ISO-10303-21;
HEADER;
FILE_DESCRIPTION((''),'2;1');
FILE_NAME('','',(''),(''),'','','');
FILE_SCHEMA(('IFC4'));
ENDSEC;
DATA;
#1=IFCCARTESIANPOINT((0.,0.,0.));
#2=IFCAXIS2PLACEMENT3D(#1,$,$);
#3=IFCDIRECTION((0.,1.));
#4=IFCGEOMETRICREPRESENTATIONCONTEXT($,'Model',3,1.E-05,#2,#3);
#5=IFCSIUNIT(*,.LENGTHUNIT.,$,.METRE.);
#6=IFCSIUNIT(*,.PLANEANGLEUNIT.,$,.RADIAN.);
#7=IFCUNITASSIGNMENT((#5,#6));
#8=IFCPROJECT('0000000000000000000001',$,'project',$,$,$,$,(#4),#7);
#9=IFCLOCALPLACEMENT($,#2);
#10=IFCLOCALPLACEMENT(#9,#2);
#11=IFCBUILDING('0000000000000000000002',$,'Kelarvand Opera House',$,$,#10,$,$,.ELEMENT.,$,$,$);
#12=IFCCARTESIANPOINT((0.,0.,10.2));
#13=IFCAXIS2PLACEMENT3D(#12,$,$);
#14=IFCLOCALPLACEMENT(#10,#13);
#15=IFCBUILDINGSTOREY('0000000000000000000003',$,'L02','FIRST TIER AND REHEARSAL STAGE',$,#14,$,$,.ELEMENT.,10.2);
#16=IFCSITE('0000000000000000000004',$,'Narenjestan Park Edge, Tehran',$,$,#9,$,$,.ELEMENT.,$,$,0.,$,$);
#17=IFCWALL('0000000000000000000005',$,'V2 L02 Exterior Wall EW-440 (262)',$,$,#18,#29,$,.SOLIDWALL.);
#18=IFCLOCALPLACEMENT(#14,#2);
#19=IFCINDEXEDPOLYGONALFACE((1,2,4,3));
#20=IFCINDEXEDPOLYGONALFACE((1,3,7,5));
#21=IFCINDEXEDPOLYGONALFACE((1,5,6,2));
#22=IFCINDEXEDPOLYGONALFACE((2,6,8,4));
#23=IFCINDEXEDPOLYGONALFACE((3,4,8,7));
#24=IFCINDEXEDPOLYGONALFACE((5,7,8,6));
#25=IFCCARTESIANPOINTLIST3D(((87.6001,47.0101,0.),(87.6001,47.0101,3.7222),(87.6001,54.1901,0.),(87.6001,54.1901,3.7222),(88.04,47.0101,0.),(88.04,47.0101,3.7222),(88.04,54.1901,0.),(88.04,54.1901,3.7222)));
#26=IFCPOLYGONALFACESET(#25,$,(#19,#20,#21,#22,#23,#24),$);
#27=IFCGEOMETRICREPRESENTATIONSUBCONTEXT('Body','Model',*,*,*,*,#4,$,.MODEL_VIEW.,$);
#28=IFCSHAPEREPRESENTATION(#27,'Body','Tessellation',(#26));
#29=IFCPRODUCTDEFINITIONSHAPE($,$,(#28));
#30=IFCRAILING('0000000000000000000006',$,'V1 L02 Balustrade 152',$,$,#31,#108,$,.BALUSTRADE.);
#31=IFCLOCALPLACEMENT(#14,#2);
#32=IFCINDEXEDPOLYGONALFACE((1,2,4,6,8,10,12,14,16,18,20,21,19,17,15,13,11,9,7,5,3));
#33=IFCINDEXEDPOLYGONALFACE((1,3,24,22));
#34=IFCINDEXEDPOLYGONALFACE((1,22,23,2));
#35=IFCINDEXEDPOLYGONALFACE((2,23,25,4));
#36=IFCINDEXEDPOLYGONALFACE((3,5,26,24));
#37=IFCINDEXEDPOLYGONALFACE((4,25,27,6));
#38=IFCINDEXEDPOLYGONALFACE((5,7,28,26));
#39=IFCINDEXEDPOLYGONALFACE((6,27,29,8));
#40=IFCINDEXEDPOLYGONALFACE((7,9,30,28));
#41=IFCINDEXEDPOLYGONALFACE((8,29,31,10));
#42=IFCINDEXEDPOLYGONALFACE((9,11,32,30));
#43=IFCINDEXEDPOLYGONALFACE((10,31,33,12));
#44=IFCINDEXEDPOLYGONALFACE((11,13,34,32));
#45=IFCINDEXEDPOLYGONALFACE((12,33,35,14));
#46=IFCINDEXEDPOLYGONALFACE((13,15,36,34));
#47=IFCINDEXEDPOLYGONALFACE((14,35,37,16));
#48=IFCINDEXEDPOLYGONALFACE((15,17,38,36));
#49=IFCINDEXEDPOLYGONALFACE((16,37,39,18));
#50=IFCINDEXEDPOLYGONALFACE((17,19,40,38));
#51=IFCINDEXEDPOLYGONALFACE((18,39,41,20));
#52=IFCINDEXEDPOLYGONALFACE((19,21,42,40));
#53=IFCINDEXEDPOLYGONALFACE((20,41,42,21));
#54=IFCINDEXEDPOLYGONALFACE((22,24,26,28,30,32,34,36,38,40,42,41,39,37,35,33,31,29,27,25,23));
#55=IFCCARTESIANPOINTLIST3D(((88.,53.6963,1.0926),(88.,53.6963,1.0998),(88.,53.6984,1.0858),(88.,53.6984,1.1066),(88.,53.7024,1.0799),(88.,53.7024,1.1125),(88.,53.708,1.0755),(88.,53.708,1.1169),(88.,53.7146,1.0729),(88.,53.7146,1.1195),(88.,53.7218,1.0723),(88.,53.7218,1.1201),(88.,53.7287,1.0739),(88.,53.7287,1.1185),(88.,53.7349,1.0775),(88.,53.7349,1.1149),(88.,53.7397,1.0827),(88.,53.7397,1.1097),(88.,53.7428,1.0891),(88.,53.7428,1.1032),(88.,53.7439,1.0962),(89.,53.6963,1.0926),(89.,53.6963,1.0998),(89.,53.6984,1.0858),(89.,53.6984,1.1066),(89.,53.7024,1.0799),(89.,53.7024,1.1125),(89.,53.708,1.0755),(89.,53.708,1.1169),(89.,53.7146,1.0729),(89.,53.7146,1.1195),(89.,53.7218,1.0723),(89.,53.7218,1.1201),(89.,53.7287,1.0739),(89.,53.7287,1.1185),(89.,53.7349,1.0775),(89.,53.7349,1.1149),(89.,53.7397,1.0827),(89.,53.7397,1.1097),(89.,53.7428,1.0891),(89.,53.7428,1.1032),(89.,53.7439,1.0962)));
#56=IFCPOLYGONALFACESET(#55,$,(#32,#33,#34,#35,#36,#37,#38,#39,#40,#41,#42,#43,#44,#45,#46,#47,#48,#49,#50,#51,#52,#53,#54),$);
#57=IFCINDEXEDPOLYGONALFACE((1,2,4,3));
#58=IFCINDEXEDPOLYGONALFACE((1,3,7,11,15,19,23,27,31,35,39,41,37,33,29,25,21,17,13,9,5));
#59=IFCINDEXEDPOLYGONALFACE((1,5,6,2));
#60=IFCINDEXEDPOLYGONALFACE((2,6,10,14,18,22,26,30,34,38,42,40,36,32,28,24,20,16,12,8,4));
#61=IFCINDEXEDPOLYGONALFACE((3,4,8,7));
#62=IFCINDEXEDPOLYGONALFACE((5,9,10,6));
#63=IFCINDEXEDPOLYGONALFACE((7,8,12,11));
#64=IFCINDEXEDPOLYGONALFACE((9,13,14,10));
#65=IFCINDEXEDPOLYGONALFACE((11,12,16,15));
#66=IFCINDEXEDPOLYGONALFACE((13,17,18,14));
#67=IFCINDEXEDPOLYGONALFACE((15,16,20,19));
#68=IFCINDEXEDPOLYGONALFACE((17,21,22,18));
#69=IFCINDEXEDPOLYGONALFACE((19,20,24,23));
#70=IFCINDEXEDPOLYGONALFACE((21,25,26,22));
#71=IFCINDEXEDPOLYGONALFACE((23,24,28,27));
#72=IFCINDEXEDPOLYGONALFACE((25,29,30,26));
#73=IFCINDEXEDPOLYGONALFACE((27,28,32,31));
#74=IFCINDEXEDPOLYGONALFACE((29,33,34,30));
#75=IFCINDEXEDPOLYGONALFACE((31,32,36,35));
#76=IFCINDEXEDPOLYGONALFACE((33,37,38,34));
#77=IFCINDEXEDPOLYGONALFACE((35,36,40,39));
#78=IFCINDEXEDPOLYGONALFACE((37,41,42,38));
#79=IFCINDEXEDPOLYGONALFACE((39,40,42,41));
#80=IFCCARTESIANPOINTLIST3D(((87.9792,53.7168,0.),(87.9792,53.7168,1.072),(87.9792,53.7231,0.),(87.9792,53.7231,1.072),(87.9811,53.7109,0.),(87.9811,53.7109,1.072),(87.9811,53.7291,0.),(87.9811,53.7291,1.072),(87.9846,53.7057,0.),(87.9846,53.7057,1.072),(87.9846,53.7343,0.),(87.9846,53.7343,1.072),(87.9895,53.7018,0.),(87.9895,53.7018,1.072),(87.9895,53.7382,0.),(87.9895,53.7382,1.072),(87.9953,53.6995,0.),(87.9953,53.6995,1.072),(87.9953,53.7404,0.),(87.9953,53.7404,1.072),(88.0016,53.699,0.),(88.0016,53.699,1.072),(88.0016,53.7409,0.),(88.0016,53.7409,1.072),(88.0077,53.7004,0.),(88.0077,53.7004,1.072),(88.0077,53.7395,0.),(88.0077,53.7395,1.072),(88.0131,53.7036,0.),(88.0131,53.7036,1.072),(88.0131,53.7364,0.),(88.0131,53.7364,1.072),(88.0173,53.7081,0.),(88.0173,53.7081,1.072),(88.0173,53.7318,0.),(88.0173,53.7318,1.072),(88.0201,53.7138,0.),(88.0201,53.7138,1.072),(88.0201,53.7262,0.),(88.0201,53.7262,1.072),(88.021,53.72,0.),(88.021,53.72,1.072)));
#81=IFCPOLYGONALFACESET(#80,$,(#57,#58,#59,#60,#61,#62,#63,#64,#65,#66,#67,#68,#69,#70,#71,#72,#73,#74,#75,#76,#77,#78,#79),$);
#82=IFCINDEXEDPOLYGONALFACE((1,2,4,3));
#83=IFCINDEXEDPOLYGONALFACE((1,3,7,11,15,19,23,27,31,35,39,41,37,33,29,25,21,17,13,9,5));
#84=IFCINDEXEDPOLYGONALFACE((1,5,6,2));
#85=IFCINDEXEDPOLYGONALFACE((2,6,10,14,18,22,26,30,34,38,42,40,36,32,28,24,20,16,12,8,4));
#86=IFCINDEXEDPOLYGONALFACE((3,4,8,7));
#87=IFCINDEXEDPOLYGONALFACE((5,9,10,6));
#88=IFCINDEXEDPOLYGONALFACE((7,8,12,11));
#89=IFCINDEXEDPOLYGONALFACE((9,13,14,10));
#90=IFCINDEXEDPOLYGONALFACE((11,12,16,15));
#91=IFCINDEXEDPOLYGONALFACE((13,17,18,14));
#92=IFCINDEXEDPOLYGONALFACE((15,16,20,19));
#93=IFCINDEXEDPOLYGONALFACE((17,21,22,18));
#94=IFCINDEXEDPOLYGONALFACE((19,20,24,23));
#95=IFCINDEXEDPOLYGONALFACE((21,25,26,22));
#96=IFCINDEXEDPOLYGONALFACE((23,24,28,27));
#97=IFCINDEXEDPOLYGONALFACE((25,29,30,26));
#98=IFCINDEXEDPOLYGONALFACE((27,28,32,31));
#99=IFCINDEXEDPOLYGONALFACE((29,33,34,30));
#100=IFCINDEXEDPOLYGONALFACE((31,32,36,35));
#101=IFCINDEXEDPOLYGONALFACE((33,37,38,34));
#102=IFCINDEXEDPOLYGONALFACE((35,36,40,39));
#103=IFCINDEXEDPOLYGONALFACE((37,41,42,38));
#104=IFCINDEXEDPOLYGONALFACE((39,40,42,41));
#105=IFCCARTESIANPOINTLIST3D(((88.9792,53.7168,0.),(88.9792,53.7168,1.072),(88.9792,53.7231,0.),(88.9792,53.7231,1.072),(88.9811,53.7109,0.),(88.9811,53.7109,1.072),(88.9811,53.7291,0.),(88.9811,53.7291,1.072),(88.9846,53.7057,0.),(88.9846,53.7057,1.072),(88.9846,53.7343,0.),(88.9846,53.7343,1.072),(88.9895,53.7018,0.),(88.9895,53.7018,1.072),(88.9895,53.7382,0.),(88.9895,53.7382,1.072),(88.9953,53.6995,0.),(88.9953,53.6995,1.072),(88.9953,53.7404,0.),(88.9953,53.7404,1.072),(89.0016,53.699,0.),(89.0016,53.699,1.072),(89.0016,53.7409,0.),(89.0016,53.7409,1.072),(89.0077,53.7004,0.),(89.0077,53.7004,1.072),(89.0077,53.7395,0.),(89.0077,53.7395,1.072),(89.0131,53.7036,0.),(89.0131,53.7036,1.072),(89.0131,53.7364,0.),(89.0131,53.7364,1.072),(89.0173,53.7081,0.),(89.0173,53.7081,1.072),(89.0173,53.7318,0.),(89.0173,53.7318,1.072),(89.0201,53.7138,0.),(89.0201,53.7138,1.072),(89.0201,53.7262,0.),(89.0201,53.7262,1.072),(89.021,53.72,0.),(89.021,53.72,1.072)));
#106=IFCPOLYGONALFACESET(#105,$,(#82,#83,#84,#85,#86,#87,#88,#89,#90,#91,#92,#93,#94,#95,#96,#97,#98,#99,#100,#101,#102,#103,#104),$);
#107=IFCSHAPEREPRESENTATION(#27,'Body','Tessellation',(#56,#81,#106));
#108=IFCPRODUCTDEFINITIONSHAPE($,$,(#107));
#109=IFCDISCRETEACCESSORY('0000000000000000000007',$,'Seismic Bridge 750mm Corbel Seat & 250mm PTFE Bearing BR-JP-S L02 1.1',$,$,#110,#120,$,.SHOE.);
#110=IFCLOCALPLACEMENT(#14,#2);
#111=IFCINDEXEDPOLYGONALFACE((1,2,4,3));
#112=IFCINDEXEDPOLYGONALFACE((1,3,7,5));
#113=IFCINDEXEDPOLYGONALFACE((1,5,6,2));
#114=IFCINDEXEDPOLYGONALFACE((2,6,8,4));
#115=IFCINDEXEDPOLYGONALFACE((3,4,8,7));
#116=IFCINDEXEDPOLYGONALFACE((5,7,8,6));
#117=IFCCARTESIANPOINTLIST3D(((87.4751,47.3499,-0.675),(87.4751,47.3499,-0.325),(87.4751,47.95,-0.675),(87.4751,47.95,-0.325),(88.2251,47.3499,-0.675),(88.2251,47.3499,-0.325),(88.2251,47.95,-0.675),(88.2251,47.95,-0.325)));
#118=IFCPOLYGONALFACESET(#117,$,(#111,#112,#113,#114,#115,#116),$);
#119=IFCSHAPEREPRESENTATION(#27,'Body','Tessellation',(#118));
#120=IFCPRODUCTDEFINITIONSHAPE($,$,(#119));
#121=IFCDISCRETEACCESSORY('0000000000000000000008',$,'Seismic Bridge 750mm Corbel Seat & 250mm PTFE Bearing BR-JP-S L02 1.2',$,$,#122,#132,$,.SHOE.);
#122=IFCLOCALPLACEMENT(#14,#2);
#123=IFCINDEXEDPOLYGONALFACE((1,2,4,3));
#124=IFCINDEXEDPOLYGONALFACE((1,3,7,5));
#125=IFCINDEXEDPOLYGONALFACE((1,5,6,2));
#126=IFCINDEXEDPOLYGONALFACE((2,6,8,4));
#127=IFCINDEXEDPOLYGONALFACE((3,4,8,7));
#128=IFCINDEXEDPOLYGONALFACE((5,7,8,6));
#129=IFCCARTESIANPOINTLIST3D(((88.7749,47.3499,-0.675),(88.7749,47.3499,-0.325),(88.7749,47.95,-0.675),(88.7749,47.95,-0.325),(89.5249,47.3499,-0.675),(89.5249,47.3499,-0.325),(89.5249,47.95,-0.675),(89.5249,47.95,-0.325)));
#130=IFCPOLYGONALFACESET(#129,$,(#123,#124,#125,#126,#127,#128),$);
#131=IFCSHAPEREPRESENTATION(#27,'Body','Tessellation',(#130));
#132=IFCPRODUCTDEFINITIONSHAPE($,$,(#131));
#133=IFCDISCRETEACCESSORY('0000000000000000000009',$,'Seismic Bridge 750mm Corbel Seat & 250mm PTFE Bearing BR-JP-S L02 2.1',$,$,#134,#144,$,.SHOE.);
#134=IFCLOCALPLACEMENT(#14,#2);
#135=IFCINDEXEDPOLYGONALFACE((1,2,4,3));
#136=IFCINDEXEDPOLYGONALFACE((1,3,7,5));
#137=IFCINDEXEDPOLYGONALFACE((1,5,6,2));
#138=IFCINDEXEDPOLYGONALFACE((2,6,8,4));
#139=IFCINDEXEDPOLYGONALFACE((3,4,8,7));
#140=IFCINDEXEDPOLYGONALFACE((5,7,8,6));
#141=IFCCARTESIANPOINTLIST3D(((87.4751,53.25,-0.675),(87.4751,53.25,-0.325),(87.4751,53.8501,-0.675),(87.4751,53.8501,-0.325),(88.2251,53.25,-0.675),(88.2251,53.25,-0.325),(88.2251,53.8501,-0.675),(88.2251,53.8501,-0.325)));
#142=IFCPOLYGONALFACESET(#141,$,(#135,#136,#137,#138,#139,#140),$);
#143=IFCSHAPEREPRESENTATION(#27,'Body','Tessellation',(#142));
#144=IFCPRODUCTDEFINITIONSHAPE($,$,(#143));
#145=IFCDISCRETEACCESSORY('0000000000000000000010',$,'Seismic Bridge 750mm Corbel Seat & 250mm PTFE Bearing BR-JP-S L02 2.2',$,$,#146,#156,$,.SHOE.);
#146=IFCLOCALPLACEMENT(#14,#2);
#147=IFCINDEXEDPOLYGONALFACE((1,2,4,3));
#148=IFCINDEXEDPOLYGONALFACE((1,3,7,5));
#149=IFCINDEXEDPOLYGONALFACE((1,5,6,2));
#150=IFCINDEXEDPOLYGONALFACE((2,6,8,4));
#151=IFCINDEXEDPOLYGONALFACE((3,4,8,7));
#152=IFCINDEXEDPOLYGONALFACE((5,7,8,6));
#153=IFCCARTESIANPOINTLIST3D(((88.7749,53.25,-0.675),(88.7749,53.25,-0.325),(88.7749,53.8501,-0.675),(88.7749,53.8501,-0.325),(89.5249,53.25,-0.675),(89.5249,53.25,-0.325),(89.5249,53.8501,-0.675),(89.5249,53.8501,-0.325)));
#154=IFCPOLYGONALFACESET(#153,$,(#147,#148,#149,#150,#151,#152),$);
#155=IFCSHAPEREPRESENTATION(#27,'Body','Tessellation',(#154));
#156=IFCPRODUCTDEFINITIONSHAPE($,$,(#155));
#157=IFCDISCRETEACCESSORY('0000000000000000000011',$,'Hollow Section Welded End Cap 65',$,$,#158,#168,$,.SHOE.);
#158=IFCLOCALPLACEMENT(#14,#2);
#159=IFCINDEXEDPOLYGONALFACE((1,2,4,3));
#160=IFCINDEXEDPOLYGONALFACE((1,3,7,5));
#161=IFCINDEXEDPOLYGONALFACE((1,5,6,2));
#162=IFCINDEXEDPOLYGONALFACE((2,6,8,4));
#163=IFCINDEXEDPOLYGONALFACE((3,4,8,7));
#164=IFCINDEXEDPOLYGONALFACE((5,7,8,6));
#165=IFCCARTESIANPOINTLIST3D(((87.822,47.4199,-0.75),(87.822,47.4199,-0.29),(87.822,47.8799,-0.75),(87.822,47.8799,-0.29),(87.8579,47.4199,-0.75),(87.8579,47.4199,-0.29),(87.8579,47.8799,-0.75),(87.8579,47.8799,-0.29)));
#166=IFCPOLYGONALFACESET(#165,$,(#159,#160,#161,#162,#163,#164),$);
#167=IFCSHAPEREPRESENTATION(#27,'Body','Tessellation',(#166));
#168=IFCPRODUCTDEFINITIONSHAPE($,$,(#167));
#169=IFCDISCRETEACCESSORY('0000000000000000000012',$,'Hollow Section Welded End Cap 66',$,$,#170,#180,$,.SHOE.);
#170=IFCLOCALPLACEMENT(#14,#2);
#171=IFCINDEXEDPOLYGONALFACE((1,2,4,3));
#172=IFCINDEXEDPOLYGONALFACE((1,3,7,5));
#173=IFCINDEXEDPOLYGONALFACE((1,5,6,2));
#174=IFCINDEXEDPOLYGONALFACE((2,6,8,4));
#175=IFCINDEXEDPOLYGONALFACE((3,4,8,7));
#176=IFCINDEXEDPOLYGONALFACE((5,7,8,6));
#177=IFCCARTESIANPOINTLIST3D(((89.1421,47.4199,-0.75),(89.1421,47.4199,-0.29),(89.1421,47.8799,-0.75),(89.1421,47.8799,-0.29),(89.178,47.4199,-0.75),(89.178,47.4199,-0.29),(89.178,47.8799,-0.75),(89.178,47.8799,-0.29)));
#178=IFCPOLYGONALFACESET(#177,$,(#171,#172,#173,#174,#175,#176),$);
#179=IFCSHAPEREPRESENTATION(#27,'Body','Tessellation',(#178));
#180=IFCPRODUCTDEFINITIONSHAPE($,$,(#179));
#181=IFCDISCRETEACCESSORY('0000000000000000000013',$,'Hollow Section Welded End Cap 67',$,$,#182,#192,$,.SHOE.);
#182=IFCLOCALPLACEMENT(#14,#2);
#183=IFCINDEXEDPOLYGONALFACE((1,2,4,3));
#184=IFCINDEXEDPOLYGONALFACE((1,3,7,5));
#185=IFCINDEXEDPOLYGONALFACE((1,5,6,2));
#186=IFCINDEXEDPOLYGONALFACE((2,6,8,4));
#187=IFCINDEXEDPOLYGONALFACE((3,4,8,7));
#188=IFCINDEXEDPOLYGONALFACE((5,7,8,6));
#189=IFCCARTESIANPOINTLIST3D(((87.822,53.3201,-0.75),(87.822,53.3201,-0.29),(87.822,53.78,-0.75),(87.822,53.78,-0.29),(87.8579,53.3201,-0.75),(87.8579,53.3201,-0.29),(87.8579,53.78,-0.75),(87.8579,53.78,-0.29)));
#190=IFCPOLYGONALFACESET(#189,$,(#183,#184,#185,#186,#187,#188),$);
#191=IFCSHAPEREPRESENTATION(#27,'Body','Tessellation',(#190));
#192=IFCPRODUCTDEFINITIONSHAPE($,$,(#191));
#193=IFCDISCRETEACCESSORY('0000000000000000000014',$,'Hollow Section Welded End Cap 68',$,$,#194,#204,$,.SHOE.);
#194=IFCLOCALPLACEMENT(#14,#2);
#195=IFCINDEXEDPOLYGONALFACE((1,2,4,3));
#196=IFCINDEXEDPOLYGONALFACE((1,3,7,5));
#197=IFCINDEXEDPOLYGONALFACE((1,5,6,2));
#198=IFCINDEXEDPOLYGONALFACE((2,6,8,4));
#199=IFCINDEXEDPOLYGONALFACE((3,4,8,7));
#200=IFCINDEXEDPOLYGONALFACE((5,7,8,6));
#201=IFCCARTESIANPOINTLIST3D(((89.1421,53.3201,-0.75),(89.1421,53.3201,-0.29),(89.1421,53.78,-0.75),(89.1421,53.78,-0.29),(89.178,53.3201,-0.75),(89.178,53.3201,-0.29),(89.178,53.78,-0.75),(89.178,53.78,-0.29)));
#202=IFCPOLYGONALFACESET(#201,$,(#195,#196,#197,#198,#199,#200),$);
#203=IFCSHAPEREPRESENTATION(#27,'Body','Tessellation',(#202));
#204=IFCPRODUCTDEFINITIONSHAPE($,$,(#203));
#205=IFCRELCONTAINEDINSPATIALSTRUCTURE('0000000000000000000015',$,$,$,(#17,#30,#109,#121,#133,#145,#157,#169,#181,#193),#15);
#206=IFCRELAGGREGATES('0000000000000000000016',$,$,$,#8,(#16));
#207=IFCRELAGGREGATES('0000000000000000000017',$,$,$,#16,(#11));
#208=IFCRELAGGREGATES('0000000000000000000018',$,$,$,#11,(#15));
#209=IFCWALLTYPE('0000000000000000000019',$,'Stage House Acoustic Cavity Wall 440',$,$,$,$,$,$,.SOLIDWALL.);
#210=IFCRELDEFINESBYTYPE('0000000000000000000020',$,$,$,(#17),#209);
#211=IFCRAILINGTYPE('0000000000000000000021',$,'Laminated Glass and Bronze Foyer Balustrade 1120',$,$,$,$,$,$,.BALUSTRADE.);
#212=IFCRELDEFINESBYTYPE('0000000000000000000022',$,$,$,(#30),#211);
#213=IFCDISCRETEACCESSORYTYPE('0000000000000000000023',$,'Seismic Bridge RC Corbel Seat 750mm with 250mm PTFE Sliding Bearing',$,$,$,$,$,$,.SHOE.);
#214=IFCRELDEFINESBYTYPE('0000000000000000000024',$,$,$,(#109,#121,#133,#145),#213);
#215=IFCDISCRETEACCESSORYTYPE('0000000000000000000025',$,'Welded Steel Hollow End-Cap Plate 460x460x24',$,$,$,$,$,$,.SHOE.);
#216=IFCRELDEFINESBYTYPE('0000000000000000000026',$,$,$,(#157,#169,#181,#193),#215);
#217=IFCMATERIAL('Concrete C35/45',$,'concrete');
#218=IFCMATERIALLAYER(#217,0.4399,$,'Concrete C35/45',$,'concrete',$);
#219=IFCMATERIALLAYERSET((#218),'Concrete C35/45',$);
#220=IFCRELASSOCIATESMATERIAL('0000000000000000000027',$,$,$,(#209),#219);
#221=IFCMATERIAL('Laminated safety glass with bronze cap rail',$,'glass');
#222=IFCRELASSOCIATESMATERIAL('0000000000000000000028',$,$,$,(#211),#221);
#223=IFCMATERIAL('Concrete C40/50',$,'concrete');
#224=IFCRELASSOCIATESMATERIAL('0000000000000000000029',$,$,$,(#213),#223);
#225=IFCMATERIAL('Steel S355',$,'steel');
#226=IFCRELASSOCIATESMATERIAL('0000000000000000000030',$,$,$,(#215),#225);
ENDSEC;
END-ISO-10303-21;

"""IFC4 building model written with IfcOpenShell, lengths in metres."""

from ifc_helpers import new_model, si_unit, direction, frame, frame_2d, origin, origin_2d, place, context, subcontext, project, spatial, rectangle, circle, extrude, material, layer, layer_set, material_profile, profile_set, type_object, element, save


model = new_model("IFC4")

# Units and contexts
model_context = context("Model", 3, precision=1e-05, world=origin(), true_north=direction((0.0, 1.0)))
body_context = subcontext(model_context, "Body", "Model", "MODEL_VIEW")
ifc_project = project(units=[si_unit("LENGTHUNIT", "METRE"), si_unit("PLANEANGLEUNIT", "RADIAN")], contexts=[model_context])

# Site, building, storey
site_placement = place(None, origin())
site = spatial("IfcSite", under=ifc_project, at=site_placement, Name="Narenjestan Park Edge, Tehran", CompositionType="ELEMENT", RefElevation=0.0)
building_placement = place(site_placement, origin())
building = spatial("IfcBuilding", under=site, at=building_placement, Name="Kelarvand Opera House", CompositionType="ELEMENT")
storey_placement = place(building_placement, frame((0.0, 0.0, 10.2)))
storey = spatial("IfcBuildingStorey", under=building, at=storey_placement, Name="L02", Description="FIRST TIER AND REHEARSAL STAGE", CompositionType="ELEMENT", Elevation=10.2)

# Shared definitions
ifc_material_1 = material(Name="Concrete C40/50", Category="concrete")

# Shared definitions
ifc_material_2 = material(Name="Steel S355", Category="steel")

# Wall
ifc_material_3 = material(Name="Concrete C35/45", Category="concrete")
ifc_layer_1 = layer(ifc_material_3, 0.4399, Name="Concrete C35/45", Category="concrete")
ifc_layer_set_1 = layer_set([ifc_layer_1], Name="Concrete C35/45")
wall_type_1 = type_object("IfcWallType", Name="Stage House Acoustic Cavity Wall 440", PredefinedType="SOLIDWALL", material=ifc_layer_set_1)
wall_1_placement = place(storey_placement, frame((87.8201, 54.1899, 0.0), z_axis=(0.0, 0.0, 1.0), x_axis=(0.0, -1.0, 0.0)))
element("IfcWall", 1, at=wall_1_placement, inside=storey, type_object=wall_type_1, Name="V2 L02 Exterior Wall EW-440 (262)", PredefinedType="SOLIDWALL", context=body_context, shape_type="SweptSolid", body=[
    extrude(rectangle(XDim=7.1799, YDim=0.4399, at=frame_2d((3.5898, 0.0))), origin(), (0.0, 0.0, 1.0), 3.7222),
])

# Railing
ifc_material_4 = material(Name="Laminated safety glass with bronze cap rail", Category="glass")
railing_type = type_object("IfcRailingType", Name="Laminated Glass and Bronze Foyer Balustrade 1120", PredefinedType="BALUSTRADE", material=ifc_material_4)
railing_placement = place(storey_placement, frame((88.0, 53.72, 0.0)))
element("IfcRailing", 2, at=railing_placement, inside=storey, type_object=railing_type, Name="V1 L02 Balustrade 152", PredefinedType="BALUSTRADE", context=body_context, shape_type="SweptSolid", body=[
    extrude(circle(Radius=0.0239, at=origin_2d()), frame((0.0, 0.0, 1.0962), z_axis=(1.0, 0.0, 0.0), x_axis=(0.0, 1.0, 0.0)), (0.0, 0.0, 1.0), 1.0),
    extrude(circle(Radius=0.021, at=origin_2d()), origin(), (0.0, 0.0, 1.0), 1.072),
    extrude(circle(Radius=0.021, at=origin_2d()), frame((1.0, 0.0, 0.0)), (0.0, 0.0, 1.0), 1.072),
])

# Discrete accessories
discrete_accessory_type_1 = type_object("IfcDiscreteAccessoryType", Name="Seismic Bridge RC Corbel Seat 750mm with 250mm PTFE Sliding Bearing", PredefinedType="SHOE", material=ifc_material_1)
for number, where, z_axis, x_axis, name in (
    (3, (87.8501, 47.6499, -0.675), (0.0, 0.0, 1.0), (1.0, 0.0, 0.0), "Seismic Bridge 750mm Corbel Seat & 250mm PTFE Bearing BR-JP-S L02 1.1"),
    (4, (89.1499, 47.6499, -0.675), (0.0, 0.0, 1.0), (1.0, 0.0, 0.0), "Seismic Bridge 750mm Corbel Seat & 250mm PTFE Bearing BR-JP-S L02 1.2"),
    (5, (87.8501, 53.55, -0.675), (0.0, 0.0, 1.0), (1.0, 0.0, 0.0), "Seismic Bridge 750mm Corbel Seat & 250mm PTFE Bearing BR-JP-S L02 2.1"),
    (6, (89.1499, 53.55, -0.675), (0.0, 0.0, 1.0), (1.0, 0.0, 0.0), "Seismic Bridge 750mm Corbel Seat & 250mm PTFE Bearing BR-JP-S L02 2.2"),
):
    element("IfcDiscreteAccessory", number, at=place(storey_placement, frame(where, z_axis=z_axis, x_axis=x_axis)), inside=storey, type_object=discrete_accessory_type_1, Name=name, PredefinedType="SHOE", context=body_context, shape_type="SweptSolid", body=[
        extrude(rectangle(XDim=0.75, YDim=0.6001, at=origin_2d()), origin(), (0.0, 0.0, 1.0), 0.3501),
    ])
ifc_material_profile_1 = material_profile(ifc_material_2, rectangle(XDim=0.46, YDim=0.46, at=origin_2d()), Name="Welded Steel Hollow End-Cap Plate 460x460x24", Category="steel")
ifc_profile_set_1 = profile_set([ifc_material_profile_1], Name="Steel S355")
discrete_accessory_type_2 = type_object("IfcDiscreteAccessoryType", Name="Welded Steel Hollow End-Cap Plate 460x460x24", PredefinedType="SHOE", material=ifc_profile_set_1)
for number, where, z_axis, x_axis, name in (
    (7, (87.8579, 47.6499, -0.52), (-1.0, 0.0, 0.0), (0.0, -1.0, 0.0), "Hollow Section Welded End Cap 65"),
    (8, (89.1421, 47.6499, -0.52), (1.0, 0.0, 0.0), (0.0, 1.0, 0.0), "Hollow Section Welded End Cap 66"),
    (9, (87.8579, 53.55, -0.52), (-1.0, 0.0, 0.0), (0.0, -1.0, 0.0), "Hollow Section Welded End Cap 67"),
    (10, (89.1421, 53.55, -0.52), (1.0, 0.0, 0.0), (0.0, 1.0, 0.0), "Hollow Section Welded End Cap 68"),
):
    element("IfcDiscreteAccessory", number, at=place(storey_placement, frame(where, z_axis=z_axis, x_axis=x_axis)), inside=storey, type_object=discrete_accessory_type_2, Name=name, PredefinedType="SHOE", context=body_context, shape_type="SweptSolid", body=[
        extrude(rectangle(XDim=0.46, YDim=0.46, at=origin_2d()), origin(), (0.0, 0.0, 1.0), 0.0359),
    ])

save(model, "model.ifc")
